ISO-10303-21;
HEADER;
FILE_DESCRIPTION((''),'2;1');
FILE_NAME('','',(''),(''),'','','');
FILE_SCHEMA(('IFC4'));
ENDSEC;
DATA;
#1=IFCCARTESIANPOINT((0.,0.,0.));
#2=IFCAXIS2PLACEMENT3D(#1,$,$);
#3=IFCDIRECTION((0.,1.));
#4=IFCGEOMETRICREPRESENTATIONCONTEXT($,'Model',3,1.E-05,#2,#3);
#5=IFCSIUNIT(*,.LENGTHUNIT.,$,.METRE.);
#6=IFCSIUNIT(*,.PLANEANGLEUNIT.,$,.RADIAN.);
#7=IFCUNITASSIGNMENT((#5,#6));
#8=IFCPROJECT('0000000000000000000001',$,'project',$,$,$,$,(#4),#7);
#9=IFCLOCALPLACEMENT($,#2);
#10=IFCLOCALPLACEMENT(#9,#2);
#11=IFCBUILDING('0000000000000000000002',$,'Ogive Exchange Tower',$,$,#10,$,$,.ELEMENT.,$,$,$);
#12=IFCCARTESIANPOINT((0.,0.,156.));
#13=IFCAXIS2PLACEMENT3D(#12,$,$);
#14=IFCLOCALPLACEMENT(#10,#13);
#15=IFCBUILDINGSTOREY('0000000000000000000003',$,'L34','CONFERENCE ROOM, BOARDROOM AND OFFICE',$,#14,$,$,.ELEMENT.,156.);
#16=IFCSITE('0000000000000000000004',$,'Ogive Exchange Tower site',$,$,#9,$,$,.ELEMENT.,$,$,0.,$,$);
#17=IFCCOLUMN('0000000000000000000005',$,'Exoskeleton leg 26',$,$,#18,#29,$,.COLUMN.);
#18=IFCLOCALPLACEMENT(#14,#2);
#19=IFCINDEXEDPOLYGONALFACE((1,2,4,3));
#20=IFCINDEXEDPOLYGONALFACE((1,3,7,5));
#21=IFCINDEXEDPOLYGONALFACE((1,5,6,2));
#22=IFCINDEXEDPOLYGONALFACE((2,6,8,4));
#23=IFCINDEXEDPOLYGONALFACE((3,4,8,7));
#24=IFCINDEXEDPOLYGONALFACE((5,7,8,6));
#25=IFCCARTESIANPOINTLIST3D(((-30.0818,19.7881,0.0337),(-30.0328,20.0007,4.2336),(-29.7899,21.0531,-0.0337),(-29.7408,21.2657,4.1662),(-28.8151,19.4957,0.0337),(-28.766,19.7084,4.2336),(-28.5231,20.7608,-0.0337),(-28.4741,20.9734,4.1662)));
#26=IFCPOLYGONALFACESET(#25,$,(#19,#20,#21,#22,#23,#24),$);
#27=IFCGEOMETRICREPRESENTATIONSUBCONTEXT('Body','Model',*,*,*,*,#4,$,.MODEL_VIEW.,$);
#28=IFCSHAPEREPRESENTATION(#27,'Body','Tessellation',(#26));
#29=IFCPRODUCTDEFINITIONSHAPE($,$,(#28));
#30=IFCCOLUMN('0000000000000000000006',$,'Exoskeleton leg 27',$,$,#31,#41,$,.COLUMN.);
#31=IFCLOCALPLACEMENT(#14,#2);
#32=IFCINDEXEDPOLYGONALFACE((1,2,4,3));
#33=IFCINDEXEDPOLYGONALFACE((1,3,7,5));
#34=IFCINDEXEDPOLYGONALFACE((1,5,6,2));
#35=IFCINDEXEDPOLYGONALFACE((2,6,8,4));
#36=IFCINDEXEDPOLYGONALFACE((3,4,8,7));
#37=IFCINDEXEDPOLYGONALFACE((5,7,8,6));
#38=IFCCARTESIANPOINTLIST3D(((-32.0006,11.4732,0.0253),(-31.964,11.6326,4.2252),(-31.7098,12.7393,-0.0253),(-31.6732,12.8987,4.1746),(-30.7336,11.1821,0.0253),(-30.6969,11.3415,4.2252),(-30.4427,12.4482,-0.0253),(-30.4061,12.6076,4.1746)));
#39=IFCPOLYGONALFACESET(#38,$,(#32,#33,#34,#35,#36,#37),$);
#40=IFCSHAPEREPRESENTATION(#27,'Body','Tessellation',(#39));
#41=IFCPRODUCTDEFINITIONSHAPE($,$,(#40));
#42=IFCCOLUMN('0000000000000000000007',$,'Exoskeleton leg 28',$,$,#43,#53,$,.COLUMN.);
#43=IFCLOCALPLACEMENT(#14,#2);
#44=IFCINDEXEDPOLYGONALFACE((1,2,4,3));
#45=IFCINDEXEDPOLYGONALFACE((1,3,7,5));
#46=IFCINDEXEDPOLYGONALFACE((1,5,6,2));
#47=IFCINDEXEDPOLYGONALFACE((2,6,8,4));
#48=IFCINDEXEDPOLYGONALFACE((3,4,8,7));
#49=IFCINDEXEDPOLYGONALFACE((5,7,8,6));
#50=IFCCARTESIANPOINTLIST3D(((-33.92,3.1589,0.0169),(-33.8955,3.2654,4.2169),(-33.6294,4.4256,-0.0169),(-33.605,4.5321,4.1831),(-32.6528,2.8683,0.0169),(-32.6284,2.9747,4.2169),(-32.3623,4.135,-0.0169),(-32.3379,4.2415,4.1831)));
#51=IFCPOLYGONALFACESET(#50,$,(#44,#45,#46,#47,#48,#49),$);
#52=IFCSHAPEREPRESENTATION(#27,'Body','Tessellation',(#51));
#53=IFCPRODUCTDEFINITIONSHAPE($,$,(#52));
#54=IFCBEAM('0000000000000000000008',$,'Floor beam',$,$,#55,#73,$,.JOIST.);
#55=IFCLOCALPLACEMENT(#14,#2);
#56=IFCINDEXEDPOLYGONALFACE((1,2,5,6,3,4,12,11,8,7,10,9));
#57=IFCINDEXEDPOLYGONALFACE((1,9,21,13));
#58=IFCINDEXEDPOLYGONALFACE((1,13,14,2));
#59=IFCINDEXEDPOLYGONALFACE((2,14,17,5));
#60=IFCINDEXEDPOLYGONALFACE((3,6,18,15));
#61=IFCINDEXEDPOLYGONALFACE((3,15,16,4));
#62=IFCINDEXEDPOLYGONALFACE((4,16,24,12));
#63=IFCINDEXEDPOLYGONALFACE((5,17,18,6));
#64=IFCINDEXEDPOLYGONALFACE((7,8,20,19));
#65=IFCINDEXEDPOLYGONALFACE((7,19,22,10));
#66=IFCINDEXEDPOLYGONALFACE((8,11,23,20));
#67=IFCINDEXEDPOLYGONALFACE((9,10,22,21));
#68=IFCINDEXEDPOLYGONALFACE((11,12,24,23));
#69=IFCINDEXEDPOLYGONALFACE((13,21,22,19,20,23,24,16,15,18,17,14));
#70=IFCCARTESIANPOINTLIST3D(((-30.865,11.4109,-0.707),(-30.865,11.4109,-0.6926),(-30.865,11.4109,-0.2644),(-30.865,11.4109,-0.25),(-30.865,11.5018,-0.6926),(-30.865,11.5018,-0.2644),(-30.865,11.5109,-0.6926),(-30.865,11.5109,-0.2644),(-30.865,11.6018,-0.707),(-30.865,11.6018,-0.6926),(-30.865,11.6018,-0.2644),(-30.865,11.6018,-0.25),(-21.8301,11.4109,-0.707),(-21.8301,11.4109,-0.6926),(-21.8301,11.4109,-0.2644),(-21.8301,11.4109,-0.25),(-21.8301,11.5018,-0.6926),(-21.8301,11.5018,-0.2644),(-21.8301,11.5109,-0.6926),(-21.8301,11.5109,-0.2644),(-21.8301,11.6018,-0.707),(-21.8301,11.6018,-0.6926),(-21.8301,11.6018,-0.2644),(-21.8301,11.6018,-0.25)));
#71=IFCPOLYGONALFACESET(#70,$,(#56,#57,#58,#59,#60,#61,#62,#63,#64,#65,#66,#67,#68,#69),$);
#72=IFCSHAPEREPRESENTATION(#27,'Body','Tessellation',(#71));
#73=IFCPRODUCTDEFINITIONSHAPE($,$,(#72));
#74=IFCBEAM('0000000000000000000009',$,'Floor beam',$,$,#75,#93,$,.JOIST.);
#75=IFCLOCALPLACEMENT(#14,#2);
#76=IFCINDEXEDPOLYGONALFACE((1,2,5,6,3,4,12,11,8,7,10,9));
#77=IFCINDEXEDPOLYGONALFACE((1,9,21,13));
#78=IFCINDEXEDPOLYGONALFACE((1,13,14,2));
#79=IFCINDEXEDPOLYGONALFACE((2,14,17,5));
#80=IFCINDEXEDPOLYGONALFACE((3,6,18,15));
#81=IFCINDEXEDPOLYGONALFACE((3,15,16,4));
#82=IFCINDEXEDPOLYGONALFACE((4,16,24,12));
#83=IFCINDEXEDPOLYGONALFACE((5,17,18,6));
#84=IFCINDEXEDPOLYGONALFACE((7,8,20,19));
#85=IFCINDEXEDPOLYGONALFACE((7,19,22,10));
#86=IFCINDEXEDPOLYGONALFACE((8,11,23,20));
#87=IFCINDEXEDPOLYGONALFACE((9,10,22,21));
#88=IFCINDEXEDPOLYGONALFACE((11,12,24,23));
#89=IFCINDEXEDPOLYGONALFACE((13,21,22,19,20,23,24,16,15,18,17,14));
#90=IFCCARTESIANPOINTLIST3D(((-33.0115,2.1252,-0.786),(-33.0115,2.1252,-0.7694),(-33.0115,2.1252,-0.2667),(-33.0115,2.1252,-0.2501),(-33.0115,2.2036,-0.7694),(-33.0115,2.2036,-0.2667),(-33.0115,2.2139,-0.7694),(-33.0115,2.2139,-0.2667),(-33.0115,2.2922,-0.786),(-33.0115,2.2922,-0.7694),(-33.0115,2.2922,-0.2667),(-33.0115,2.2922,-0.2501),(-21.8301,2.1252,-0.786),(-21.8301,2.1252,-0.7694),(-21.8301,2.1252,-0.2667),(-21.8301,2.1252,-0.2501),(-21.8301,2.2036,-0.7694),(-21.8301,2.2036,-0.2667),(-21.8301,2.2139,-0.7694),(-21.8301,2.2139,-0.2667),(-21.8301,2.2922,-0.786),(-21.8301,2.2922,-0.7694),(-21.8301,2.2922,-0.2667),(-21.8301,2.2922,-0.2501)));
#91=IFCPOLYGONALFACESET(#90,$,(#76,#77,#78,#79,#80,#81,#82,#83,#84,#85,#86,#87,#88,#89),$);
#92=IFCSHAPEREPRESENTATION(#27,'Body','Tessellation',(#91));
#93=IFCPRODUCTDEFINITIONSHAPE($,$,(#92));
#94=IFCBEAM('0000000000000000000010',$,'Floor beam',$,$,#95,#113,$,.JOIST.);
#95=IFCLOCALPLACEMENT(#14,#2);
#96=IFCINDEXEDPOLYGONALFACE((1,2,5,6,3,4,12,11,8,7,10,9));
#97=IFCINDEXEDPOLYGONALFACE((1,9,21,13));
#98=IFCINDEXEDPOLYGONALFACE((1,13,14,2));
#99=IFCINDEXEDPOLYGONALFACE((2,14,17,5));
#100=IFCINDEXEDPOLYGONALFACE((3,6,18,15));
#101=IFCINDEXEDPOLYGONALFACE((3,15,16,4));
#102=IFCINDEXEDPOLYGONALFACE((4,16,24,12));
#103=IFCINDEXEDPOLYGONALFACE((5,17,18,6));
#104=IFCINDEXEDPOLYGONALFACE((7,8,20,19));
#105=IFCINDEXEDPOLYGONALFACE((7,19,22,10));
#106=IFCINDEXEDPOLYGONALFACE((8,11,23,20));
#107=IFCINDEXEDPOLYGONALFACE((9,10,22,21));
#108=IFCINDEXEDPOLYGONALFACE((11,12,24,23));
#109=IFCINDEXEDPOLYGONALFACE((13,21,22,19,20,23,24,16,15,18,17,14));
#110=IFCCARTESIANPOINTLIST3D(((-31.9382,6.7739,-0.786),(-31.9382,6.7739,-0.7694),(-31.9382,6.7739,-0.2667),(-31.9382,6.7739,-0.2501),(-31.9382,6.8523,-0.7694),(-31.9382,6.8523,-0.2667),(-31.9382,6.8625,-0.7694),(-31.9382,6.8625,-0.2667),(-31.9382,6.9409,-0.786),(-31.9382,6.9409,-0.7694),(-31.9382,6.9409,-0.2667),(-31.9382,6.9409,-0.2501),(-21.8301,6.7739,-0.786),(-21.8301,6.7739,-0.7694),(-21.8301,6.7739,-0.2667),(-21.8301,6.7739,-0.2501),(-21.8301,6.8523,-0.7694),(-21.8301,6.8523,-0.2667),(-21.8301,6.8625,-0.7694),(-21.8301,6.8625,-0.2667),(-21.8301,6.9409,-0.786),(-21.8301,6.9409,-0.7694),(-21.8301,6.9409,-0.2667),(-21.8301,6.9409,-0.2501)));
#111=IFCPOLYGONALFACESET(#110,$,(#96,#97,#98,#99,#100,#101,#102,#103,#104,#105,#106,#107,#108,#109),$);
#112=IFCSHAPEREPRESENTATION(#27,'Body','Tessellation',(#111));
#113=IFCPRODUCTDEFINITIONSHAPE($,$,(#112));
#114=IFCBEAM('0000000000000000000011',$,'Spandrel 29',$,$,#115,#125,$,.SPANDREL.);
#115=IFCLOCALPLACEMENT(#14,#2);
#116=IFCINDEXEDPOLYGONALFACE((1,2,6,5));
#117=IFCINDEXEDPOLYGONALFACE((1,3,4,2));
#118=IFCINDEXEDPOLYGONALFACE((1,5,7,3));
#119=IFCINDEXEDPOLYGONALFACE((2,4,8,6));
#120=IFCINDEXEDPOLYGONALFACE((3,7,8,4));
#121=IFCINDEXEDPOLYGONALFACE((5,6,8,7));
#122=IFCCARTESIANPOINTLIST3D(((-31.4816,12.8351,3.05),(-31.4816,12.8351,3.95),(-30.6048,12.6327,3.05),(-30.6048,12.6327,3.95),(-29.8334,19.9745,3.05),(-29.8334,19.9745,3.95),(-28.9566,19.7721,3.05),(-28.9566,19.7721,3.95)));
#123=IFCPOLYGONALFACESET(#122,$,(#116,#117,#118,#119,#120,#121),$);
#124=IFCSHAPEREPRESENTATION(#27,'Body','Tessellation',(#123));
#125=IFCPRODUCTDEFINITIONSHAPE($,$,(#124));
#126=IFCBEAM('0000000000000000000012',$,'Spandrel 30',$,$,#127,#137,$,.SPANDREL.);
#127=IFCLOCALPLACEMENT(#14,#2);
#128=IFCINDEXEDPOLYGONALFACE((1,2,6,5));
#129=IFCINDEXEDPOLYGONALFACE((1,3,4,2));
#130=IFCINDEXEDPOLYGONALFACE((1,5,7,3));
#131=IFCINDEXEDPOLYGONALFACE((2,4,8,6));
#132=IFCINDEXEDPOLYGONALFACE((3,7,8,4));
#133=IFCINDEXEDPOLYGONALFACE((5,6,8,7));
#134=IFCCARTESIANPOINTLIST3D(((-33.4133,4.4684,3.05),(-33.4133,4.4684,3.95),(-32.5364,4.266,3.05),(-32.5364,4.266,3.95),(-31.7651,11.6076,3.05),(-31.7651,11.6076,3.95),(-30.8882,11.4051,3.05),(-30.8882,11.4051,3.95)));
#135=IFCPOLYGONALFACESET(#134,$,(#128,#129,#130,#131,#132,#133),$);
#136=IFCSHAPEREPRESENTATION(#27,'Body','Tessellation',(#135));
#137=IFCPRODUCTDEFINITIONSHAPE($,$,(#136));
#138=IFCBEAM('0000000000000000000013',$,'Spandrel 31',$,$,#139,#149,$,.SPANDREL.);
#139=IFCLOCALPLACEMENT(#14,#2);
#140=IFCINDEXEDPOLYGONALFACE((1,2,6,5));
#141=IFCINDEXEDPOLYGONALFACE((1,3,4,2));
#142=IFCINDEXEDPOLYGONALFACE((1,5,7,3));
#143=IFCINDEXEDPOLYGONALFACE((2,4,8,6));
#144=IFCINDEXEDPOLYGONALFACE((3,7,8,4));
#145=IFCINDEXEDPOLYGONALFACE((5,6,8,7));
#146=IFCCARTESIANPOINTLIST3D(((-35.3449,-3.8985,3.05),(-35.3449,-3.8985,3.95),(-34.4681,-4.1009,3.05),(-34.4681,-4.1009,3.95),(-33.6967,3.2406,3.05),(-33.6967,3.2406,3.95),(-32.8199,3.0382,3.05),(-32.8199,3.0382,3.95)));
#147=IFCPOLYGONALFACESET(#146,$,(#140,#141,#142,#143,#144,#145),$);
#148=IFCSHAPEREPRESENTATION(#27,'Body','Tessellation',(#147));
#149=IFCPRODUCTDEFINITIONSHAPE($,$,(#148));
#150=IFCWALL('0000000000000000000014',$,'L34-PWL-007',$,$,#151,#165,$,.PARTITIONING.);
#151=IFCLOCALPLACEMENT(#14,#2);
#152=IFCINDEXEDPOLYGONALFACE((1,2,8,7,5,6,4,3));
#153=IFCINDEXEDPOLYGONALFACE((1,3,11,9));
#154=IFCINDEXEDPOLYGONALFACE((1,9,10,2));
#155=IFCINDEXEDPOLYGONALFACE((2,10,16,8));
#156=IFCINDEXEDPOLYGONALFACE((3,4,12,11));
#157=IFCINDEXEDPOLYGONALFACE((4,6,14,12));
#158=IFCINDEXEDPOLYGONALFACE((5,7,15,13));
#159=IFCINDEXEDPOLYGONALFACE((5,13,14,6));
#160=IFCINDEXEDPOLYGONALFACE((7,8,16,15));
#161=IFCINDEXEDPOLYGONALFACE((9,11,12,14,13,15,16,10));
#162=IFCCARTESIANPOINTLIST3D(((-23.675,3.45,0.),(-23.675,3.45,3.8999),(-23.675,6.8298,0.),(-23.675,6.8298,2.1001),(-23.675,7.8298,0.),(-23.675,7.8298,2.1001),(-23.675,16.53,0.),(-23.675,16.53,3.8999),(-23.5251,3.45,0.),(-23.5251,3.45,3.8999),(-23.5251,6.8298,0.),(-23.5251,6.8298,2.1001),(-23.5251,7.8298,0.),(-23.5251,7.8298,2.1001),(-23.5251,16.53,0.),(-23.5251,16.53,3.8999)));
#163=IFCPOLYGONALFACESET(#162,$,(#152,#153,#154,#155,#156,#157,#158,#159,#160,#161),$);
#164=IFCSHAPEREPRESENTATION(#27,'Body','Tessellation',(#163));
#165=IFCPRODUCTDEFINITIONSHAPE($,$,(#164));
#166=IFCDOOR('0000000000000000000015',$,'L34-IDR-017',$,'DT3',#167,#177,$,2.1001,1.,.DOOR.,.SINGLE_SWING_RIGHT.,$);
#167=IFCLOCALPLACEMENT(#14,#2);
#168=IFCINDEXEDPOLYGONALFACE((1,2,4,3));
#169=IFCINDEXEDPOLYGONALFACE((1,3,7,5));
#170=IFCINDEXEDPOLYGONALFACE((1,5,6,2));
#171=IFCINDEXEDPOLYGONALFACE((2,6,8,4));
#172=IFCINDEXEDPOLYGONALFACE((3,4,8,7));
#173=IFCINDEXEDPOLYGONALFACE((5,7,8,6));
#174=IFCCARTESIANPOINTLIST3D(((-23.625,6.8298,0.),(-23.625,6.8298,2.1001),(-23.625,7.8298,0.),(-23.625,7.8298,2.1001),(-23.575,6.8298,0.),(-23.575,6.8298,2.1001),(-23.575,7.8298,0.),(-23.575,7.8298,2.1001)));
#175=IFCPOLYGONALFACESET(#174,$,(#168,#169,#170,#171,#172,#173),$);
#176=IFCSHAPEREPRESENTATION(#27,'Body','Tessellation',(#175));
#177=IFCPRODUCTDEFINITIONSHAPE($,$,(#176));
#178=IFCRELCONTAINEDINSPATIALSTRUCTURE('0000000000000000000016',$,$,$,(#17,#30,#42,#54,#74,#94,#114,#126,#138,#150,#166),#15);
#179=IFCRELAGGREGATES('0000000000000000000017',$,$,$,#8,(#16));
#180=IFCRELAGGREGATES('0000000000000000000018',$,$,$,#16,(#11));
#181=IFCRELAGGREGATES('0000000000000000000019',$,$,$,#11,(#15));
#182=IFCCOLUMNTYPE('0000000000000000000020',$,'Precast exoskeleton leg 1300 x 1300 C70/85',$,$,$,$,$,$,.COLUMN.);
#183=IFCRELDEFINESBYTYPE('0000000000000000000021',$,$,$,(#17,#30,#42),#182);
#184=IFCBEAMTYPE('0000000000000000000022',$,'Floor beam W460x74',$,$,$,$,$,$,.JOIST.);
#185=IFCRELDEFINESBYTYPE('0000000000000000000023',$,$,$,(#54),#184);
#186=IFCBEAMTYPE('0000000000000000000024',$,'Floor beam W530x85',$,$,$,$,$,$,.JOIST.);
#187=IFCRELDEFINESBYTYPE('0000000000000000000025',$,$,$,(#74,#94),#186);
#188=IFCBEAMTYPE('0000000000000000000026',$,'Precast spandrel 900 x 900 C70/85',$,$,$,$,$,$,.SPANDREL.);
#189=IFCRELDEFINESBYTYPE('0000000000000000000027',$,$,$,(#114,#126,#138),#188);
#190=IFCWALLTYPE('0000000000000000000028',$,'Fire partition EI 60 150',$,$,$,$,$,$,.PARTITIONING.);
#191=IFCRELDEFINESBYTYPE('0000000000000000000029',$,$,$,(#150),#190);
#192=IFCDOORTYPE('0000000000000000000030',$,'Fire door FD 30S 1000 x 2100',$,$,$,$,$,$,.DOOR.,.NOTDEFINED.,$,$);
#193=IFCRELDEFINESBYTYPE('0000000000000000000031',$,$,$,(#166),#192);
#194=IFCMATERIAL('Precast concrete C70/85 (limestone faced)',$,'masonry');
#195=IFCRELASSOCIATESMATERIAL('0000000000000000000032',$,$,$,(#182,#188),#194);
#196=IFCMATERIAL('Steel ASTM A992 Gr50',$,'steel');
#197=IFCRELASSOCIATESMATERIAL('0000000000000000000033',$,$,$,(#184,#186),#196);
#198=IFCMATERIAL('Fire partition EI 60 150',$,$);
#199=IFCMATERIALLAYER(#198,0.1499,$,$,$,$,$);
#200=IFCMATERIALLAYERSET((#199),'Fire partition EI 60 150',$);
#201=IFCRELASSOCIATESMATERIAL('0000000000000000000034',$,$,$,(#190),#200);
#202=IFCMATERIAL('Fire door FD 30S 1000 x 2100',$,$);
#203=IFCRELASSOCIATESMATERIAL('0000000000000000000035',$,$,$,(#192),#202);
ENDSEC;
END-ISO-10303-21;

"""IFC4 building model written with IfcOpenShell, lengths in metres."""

from ifc_helpers import new_model, si_unit, direction, frame, frame_2d, origin, origin_2d, place, context, subcontext, project, spatial, rectangle, i_section, extrude, material, layer, layer_set, material_profile, profile_set, type_object, element, fill, save


model = new_model("IFC4")

# Units and contexts
model_context = context("Model", 3, precision=1e-05, world=origin(), true_north=direction((0.0, 1.0)))
body_context = subcontext(model_context, "Body", "Model", "MODEL_VIEW")
ifc_project = project(units=[si_unit("LENGTHUNIT", "METRE"), si_unit("PLANEANGLEUNIT", "RADIAN")], contexts=[model_context])

# Site, building, storey
site_placement = place(None, origin())
site = spatial("IfcSite", under=ifc_project, at=site_placement, Name="Ogive Exchange Tower site", CompositionType="ELEMENT", RefElevation=0.0)
building_placement = place(site_placement, origin())
building = spatial("IfcBuilding", under=site, at=building_placement, Name="Ogive Exchange Tower", CompositionType="ELEMENT")
storey_placement = place(building_placement, frame((0.0, 0.0, 156.0)))
storey = spatial("IfcBuildingStorey", under=building, at=storey_placement, Name="L34", Description="CONFERENCE ROOM, BOARDROOM AND OFFICE", CompositionType="ELEMENT", Elevation=156.0)

# Columns
ifc_material_1 = material(Name="Precast concrete C70/85 (limestone faced)", Category="masonry")
ifc_material_profile_1 = material_profile(ifc_material_1, rectangle(XDim=1.3, YDim=1.3, at=origin_2d()), Name="1300 x 1300")
ifc_profile_set_1 = profile_set([ifc_material_profile_1], Name="Precast concrete C70/85 (limestone faced)")
column_type = type_object("IfcColumnType", Name="Precast exoskeleton leg 1300 x 1300 C70/85", PredefinedType="COLUMN", material=ifc_profile_set_1)
column_1_placement = place(storey_placement, frame((-29.3025, 20.2744, 0.0), z_axis=(0.011668, 0.050562, 0.998653), x_axis=(-0.974391, 0.22486, 0.0)))
element("IfcColumn", 1, at=column_1_placement, inside=storey, type_object=column_type, Name="Exoskeleton leg 26", PredefinedType="COLUMN", context=body_context, shape_type="SweptSolid", body=[
    extrude(rectangle(XDim=1.3, YDim=1.3, at=origin_2d()), origin(), (0.0, 0.0, 1.0), 4.2056),
])
column_2_placement = place(storey_placement, frame((-31.2217, 11.9607, 0.0), z_axis=(0.008713, 0.03793, 0.999242), x_axis=(-0.974617, 0.223878, 0.0)))
element("IfcColumn", 2, at=column_2_placement, inside=storey, type_object=column_type, Name="Exoskeleton leg 27", PredefinedType="COLUMN", context=body_context, shape_type="SweptSolid", body=[
    extrude(rectangle(XDim=1.3, YDim=1.3, at=origin_2d()), origin(), (0.0, 0.0, 1.0), 4.2031),
])
column_3_placement = place(storey_placement, frame((-33.1411, 3.647, 0.0), z_axis=(0.005811, 0.025336, 0.999662), x_axis=(-0.974692, 0.223553, 0.0)))
element("IfcColumn", 3, at=column_3_placement, inside=storey, type_object=column_type, Name="Exoskeleton leg 28", PredefinedType="COLUMN", context=body_context, shape_type="SweptSolid", body=[
    extrude(rectangle(XDim=1.3, YDim=1.3, at=origin_2d()), origin(), (0.0, 0.0, 1.0), 4.2014),
])

# Beams
ifc_material_2 = material(Name="Steel ASTM A992 Gr50", Category="steel")
ifc_material_profile_2 = material_profile(ifc_material_2, i_section(OverallWidth=0.1909, OverallDepth=0.457, WebThickness=0.009, FlangeThickness=0.0144, at=origin_2d()), Name="W460x74")
ifc_profile_set_2 = profile_set([ifc_material_profile_2], Name="Steel ASTM A992 Gr50")
beam_type_1 = type_object("IfcBeamType", Name="Floor beam W460x74", PredefinedType="JOIST", material=ifc_profile_set_2)
beam_1_placement = place(storey_placement, frame((-30.865, 11.5063, -0.4785), z_axis=(1.0, 0.0, 0.0), x_axis=(0.0, 1.0, 0.0)))
element("IfcBeam", 4, at=beam_1_placement, inside=storey, type_object=beam_type_1, Name="Floor beam", PredefinedType="JOIST", context=body_context, shape_type="SweptSolid", body=[
    extrude(i_section(OverallWidth=0.1909, OverallDepth=0.457, WebThickness=0.009, FlangeThickness=0.0144, at=origin_2d()), origin(), (0.0, 0.0, 1.0), 9.0349),
])
ifc_material_profile_3 = material_profile(ifc_material_2, i_section(OverallWidth=0.167, OverallDepth=0.5359, WebThickness=0.0103, FlangeThickness=0.0166, at=origin_2d()), Name="W530x85")
ifc_profile_set_3 = profile_set([ifc_material_profile_3], Name="Steel ASTM A992 Gr50")
beam_type_2 = type_object("IfcBeamType", Name="Floor beam W530x85", PredefinedType="JOIST", material=ifc_profile_set_3)
beam_2_placement = place(storey_placement, frame((-33.0115, 2.2087, -0.5181), z_axis=(1.0, 0.0, 0.0), x_axis=(0.0, 1.0, 0.0)))
element("IfcBeam", 5, at=beam_2_placement, inside=storey, type_object=beam_type_2, Name="Floor beam", PredefinedType="JOIST", context=body_context, shape_type="SweptSolid", body=[
    extrude(i_section(OverallWidth=0.167, OverallDepth=0.5359, WebThickness=0.0103, FlangeThickness=0.0166, at=origin_2d()), origin(), (0.0, 0.0, 1.0), 11.1814),
])
beam_3_placement = place(storey_placement, frame((-31.9382, 6.8574, -0.5181), z_axis=(1.0, 0.0, 0.0), x_axis=(0.0, 1.0, 0.0)))
element("IfcBeam", 6, at=beam_3_placement, inside=storey, type_object=beam_type_2, Name="Floor beam", PredefinedType="JOIST", context=body_context, shape_type="SweptSolid", body=[
    extrude(i_section(OverallWidth=0.167, OverallDepth=0.5359, WebThickness=0.0103, FlangeThickness=0.0166, at=origin_2d()), origin(), (0.0, 0.0, 1.0), 10.1082),
])
ifc_material_profile_4 = material_profile(ifc_material_1, rectangle(XDim=0.8999, YDim=0.8999, at=origin_2d()), Name="900 x 900")
ifc_profile_set_4 = profile_set([ifc_material_profile_4], Name="Precast concrete C70/85 (limestone faced)")
beam_type_3 = type_object("IfcBeamType", Name="Precast spandrel 900 x 900 C70/85", PredefinedType="SPANDREL", material=ifc_profile_set_4)
beam_4_placement = place(storey_placement, frame((-29.395, 19.8733, 3.5), z_axis=(-0.224942, -0.974372, 0.0), x_axis=(0.974372, -0.224942, 0.0)))
element("IfcBeam", 7, at=beam_4_placement, inside=storey, type_object=beam_type_3, Name="Spandrel 29", PredefinedType="SPANDREL", context=body_context, shape_type="SweptSolid", body=[
    extrude(rectangle(XDim=0.8999, YDim=0.8999, at=origin_2d()), origin(), (0.0, 0.0, 1.0), 7.3271),
])
for number, where, z_axis, x_axis, name in (
    (8, (-31.3267, 11.5063, 3.5), (-0.22495, -0.97437, 0.0), (0.97437, -0.22495, 0.0), "Spandrel 30"),
    (9, (-33.2583, 3.1394, 3.5), (-0.22495, -0.97437, 0.0), (0.97437, -0.22495, 0.0), "Spandrel 31"),
):
    element("IfcBeam", number, at=place(storey_placement, frame(where, z_axis=z_axis, x_axis=x_axis)), inside=storey, type_object=beam_type_3, Name=name, PredefinedType="SPANDREL", context=body_context, shape_type="SweptSolid", body=[
        extrude(rectangle(XDim=0.8999, YDim=0.8999, at=origin_2d()), origin(), (0.0, 0.0, 1.0), 7.3269),
    ])

# Wall, opening, door
ifc_material_3 = material(Name="Fire partition EI 60 150")
ifc_layer_1 = layer(ifc_material_3, 0.1499)
ifc_layer_set_1 = layer_set([ifc_layer_1], Name="Fire partition EI 60 150")
wall_type_1 = type_object("IfcWallType", Name="Fire partition EI 60 150", PredefinedType="PARTITIONING", material=ifc_layer_set_1)
wall_1_placement = place(storey_placement, frame((-23.6001, 3.45, 0.0), z_axis=(0.0, 0.0, 1.0), x_axis=(0.0, 1.0, 0.0)))
wall_1 = element("IfcWall", 10, at=wall_1_placement, inside=storey, type_object=wall_type_1, Name="L34-PWL-007", PredefinedType="PARTITIONING", context=body_context, shape_type="SweptSolid", body=[
    extrude(rectangle(XDim=13.0801, YDim=0.1499, at=frame_2d((6.54, 0.0))), origin(), (0.0, 0.0, 1.0), 3.8999),
])
opening_1_placement = place(wall_1_placement, frame((3.3799, 0.0, 0.0)))
opening_1 = element("IfcOpeningElement", 11, at=opening_1_placement, cuts=wall_1, PredefinedType="OPENING", context=body_context, shape_type="SweptSolid", body=[
    extrude(rectangle(XDim=1.0, YDim=2.1001, at=frame_2d((0.5, 1.05))), frame((0.0, 0.085, 0.0), z_axis=(0.0, -1.0, 0.0), x_axis=(1.0, 0.0, 0.0)), (0.0, 0.0, 1.0), 0.1699),
])
ifc_material_4 = material(Name="Fire door FD 30S 1000 x 2100")
door_type = type_object("IfcDoorType", Name="Fire door FD 30S 1000 x 2100", OperationType="NOTDEFINED", PredefinedType="DOOR", material=ifc_material_4)
door_1_placement = place(opening_1_placement, origin())
door_1 = element("IfcDoor", 12, at=door_1_placement, inside=storey, type_object=door_type, Name="L34-IDR-017", ObjectType="DT3", OperationType="SINGLE_SWING_RIGHT", OverallHeight=2.1001, OverallWidth=1.0, PredefinedType="DOOR", context=body_context, shape_type="SweptSolid", body=[
    extrude(rectangle(XDim=1.0, YDim=2.1001, at=frame_2d((0.5, 1.05))), frame((0.0, 0.0249, 0.0), z_axis=(0.0, -1.0, 0.0), x_axis=(1.0, 0.0, 0.0)), (0.0, 0.0, 1.0), 0.05),
])
fill(opening_1, door_1)

save(model, "model.ifc")
